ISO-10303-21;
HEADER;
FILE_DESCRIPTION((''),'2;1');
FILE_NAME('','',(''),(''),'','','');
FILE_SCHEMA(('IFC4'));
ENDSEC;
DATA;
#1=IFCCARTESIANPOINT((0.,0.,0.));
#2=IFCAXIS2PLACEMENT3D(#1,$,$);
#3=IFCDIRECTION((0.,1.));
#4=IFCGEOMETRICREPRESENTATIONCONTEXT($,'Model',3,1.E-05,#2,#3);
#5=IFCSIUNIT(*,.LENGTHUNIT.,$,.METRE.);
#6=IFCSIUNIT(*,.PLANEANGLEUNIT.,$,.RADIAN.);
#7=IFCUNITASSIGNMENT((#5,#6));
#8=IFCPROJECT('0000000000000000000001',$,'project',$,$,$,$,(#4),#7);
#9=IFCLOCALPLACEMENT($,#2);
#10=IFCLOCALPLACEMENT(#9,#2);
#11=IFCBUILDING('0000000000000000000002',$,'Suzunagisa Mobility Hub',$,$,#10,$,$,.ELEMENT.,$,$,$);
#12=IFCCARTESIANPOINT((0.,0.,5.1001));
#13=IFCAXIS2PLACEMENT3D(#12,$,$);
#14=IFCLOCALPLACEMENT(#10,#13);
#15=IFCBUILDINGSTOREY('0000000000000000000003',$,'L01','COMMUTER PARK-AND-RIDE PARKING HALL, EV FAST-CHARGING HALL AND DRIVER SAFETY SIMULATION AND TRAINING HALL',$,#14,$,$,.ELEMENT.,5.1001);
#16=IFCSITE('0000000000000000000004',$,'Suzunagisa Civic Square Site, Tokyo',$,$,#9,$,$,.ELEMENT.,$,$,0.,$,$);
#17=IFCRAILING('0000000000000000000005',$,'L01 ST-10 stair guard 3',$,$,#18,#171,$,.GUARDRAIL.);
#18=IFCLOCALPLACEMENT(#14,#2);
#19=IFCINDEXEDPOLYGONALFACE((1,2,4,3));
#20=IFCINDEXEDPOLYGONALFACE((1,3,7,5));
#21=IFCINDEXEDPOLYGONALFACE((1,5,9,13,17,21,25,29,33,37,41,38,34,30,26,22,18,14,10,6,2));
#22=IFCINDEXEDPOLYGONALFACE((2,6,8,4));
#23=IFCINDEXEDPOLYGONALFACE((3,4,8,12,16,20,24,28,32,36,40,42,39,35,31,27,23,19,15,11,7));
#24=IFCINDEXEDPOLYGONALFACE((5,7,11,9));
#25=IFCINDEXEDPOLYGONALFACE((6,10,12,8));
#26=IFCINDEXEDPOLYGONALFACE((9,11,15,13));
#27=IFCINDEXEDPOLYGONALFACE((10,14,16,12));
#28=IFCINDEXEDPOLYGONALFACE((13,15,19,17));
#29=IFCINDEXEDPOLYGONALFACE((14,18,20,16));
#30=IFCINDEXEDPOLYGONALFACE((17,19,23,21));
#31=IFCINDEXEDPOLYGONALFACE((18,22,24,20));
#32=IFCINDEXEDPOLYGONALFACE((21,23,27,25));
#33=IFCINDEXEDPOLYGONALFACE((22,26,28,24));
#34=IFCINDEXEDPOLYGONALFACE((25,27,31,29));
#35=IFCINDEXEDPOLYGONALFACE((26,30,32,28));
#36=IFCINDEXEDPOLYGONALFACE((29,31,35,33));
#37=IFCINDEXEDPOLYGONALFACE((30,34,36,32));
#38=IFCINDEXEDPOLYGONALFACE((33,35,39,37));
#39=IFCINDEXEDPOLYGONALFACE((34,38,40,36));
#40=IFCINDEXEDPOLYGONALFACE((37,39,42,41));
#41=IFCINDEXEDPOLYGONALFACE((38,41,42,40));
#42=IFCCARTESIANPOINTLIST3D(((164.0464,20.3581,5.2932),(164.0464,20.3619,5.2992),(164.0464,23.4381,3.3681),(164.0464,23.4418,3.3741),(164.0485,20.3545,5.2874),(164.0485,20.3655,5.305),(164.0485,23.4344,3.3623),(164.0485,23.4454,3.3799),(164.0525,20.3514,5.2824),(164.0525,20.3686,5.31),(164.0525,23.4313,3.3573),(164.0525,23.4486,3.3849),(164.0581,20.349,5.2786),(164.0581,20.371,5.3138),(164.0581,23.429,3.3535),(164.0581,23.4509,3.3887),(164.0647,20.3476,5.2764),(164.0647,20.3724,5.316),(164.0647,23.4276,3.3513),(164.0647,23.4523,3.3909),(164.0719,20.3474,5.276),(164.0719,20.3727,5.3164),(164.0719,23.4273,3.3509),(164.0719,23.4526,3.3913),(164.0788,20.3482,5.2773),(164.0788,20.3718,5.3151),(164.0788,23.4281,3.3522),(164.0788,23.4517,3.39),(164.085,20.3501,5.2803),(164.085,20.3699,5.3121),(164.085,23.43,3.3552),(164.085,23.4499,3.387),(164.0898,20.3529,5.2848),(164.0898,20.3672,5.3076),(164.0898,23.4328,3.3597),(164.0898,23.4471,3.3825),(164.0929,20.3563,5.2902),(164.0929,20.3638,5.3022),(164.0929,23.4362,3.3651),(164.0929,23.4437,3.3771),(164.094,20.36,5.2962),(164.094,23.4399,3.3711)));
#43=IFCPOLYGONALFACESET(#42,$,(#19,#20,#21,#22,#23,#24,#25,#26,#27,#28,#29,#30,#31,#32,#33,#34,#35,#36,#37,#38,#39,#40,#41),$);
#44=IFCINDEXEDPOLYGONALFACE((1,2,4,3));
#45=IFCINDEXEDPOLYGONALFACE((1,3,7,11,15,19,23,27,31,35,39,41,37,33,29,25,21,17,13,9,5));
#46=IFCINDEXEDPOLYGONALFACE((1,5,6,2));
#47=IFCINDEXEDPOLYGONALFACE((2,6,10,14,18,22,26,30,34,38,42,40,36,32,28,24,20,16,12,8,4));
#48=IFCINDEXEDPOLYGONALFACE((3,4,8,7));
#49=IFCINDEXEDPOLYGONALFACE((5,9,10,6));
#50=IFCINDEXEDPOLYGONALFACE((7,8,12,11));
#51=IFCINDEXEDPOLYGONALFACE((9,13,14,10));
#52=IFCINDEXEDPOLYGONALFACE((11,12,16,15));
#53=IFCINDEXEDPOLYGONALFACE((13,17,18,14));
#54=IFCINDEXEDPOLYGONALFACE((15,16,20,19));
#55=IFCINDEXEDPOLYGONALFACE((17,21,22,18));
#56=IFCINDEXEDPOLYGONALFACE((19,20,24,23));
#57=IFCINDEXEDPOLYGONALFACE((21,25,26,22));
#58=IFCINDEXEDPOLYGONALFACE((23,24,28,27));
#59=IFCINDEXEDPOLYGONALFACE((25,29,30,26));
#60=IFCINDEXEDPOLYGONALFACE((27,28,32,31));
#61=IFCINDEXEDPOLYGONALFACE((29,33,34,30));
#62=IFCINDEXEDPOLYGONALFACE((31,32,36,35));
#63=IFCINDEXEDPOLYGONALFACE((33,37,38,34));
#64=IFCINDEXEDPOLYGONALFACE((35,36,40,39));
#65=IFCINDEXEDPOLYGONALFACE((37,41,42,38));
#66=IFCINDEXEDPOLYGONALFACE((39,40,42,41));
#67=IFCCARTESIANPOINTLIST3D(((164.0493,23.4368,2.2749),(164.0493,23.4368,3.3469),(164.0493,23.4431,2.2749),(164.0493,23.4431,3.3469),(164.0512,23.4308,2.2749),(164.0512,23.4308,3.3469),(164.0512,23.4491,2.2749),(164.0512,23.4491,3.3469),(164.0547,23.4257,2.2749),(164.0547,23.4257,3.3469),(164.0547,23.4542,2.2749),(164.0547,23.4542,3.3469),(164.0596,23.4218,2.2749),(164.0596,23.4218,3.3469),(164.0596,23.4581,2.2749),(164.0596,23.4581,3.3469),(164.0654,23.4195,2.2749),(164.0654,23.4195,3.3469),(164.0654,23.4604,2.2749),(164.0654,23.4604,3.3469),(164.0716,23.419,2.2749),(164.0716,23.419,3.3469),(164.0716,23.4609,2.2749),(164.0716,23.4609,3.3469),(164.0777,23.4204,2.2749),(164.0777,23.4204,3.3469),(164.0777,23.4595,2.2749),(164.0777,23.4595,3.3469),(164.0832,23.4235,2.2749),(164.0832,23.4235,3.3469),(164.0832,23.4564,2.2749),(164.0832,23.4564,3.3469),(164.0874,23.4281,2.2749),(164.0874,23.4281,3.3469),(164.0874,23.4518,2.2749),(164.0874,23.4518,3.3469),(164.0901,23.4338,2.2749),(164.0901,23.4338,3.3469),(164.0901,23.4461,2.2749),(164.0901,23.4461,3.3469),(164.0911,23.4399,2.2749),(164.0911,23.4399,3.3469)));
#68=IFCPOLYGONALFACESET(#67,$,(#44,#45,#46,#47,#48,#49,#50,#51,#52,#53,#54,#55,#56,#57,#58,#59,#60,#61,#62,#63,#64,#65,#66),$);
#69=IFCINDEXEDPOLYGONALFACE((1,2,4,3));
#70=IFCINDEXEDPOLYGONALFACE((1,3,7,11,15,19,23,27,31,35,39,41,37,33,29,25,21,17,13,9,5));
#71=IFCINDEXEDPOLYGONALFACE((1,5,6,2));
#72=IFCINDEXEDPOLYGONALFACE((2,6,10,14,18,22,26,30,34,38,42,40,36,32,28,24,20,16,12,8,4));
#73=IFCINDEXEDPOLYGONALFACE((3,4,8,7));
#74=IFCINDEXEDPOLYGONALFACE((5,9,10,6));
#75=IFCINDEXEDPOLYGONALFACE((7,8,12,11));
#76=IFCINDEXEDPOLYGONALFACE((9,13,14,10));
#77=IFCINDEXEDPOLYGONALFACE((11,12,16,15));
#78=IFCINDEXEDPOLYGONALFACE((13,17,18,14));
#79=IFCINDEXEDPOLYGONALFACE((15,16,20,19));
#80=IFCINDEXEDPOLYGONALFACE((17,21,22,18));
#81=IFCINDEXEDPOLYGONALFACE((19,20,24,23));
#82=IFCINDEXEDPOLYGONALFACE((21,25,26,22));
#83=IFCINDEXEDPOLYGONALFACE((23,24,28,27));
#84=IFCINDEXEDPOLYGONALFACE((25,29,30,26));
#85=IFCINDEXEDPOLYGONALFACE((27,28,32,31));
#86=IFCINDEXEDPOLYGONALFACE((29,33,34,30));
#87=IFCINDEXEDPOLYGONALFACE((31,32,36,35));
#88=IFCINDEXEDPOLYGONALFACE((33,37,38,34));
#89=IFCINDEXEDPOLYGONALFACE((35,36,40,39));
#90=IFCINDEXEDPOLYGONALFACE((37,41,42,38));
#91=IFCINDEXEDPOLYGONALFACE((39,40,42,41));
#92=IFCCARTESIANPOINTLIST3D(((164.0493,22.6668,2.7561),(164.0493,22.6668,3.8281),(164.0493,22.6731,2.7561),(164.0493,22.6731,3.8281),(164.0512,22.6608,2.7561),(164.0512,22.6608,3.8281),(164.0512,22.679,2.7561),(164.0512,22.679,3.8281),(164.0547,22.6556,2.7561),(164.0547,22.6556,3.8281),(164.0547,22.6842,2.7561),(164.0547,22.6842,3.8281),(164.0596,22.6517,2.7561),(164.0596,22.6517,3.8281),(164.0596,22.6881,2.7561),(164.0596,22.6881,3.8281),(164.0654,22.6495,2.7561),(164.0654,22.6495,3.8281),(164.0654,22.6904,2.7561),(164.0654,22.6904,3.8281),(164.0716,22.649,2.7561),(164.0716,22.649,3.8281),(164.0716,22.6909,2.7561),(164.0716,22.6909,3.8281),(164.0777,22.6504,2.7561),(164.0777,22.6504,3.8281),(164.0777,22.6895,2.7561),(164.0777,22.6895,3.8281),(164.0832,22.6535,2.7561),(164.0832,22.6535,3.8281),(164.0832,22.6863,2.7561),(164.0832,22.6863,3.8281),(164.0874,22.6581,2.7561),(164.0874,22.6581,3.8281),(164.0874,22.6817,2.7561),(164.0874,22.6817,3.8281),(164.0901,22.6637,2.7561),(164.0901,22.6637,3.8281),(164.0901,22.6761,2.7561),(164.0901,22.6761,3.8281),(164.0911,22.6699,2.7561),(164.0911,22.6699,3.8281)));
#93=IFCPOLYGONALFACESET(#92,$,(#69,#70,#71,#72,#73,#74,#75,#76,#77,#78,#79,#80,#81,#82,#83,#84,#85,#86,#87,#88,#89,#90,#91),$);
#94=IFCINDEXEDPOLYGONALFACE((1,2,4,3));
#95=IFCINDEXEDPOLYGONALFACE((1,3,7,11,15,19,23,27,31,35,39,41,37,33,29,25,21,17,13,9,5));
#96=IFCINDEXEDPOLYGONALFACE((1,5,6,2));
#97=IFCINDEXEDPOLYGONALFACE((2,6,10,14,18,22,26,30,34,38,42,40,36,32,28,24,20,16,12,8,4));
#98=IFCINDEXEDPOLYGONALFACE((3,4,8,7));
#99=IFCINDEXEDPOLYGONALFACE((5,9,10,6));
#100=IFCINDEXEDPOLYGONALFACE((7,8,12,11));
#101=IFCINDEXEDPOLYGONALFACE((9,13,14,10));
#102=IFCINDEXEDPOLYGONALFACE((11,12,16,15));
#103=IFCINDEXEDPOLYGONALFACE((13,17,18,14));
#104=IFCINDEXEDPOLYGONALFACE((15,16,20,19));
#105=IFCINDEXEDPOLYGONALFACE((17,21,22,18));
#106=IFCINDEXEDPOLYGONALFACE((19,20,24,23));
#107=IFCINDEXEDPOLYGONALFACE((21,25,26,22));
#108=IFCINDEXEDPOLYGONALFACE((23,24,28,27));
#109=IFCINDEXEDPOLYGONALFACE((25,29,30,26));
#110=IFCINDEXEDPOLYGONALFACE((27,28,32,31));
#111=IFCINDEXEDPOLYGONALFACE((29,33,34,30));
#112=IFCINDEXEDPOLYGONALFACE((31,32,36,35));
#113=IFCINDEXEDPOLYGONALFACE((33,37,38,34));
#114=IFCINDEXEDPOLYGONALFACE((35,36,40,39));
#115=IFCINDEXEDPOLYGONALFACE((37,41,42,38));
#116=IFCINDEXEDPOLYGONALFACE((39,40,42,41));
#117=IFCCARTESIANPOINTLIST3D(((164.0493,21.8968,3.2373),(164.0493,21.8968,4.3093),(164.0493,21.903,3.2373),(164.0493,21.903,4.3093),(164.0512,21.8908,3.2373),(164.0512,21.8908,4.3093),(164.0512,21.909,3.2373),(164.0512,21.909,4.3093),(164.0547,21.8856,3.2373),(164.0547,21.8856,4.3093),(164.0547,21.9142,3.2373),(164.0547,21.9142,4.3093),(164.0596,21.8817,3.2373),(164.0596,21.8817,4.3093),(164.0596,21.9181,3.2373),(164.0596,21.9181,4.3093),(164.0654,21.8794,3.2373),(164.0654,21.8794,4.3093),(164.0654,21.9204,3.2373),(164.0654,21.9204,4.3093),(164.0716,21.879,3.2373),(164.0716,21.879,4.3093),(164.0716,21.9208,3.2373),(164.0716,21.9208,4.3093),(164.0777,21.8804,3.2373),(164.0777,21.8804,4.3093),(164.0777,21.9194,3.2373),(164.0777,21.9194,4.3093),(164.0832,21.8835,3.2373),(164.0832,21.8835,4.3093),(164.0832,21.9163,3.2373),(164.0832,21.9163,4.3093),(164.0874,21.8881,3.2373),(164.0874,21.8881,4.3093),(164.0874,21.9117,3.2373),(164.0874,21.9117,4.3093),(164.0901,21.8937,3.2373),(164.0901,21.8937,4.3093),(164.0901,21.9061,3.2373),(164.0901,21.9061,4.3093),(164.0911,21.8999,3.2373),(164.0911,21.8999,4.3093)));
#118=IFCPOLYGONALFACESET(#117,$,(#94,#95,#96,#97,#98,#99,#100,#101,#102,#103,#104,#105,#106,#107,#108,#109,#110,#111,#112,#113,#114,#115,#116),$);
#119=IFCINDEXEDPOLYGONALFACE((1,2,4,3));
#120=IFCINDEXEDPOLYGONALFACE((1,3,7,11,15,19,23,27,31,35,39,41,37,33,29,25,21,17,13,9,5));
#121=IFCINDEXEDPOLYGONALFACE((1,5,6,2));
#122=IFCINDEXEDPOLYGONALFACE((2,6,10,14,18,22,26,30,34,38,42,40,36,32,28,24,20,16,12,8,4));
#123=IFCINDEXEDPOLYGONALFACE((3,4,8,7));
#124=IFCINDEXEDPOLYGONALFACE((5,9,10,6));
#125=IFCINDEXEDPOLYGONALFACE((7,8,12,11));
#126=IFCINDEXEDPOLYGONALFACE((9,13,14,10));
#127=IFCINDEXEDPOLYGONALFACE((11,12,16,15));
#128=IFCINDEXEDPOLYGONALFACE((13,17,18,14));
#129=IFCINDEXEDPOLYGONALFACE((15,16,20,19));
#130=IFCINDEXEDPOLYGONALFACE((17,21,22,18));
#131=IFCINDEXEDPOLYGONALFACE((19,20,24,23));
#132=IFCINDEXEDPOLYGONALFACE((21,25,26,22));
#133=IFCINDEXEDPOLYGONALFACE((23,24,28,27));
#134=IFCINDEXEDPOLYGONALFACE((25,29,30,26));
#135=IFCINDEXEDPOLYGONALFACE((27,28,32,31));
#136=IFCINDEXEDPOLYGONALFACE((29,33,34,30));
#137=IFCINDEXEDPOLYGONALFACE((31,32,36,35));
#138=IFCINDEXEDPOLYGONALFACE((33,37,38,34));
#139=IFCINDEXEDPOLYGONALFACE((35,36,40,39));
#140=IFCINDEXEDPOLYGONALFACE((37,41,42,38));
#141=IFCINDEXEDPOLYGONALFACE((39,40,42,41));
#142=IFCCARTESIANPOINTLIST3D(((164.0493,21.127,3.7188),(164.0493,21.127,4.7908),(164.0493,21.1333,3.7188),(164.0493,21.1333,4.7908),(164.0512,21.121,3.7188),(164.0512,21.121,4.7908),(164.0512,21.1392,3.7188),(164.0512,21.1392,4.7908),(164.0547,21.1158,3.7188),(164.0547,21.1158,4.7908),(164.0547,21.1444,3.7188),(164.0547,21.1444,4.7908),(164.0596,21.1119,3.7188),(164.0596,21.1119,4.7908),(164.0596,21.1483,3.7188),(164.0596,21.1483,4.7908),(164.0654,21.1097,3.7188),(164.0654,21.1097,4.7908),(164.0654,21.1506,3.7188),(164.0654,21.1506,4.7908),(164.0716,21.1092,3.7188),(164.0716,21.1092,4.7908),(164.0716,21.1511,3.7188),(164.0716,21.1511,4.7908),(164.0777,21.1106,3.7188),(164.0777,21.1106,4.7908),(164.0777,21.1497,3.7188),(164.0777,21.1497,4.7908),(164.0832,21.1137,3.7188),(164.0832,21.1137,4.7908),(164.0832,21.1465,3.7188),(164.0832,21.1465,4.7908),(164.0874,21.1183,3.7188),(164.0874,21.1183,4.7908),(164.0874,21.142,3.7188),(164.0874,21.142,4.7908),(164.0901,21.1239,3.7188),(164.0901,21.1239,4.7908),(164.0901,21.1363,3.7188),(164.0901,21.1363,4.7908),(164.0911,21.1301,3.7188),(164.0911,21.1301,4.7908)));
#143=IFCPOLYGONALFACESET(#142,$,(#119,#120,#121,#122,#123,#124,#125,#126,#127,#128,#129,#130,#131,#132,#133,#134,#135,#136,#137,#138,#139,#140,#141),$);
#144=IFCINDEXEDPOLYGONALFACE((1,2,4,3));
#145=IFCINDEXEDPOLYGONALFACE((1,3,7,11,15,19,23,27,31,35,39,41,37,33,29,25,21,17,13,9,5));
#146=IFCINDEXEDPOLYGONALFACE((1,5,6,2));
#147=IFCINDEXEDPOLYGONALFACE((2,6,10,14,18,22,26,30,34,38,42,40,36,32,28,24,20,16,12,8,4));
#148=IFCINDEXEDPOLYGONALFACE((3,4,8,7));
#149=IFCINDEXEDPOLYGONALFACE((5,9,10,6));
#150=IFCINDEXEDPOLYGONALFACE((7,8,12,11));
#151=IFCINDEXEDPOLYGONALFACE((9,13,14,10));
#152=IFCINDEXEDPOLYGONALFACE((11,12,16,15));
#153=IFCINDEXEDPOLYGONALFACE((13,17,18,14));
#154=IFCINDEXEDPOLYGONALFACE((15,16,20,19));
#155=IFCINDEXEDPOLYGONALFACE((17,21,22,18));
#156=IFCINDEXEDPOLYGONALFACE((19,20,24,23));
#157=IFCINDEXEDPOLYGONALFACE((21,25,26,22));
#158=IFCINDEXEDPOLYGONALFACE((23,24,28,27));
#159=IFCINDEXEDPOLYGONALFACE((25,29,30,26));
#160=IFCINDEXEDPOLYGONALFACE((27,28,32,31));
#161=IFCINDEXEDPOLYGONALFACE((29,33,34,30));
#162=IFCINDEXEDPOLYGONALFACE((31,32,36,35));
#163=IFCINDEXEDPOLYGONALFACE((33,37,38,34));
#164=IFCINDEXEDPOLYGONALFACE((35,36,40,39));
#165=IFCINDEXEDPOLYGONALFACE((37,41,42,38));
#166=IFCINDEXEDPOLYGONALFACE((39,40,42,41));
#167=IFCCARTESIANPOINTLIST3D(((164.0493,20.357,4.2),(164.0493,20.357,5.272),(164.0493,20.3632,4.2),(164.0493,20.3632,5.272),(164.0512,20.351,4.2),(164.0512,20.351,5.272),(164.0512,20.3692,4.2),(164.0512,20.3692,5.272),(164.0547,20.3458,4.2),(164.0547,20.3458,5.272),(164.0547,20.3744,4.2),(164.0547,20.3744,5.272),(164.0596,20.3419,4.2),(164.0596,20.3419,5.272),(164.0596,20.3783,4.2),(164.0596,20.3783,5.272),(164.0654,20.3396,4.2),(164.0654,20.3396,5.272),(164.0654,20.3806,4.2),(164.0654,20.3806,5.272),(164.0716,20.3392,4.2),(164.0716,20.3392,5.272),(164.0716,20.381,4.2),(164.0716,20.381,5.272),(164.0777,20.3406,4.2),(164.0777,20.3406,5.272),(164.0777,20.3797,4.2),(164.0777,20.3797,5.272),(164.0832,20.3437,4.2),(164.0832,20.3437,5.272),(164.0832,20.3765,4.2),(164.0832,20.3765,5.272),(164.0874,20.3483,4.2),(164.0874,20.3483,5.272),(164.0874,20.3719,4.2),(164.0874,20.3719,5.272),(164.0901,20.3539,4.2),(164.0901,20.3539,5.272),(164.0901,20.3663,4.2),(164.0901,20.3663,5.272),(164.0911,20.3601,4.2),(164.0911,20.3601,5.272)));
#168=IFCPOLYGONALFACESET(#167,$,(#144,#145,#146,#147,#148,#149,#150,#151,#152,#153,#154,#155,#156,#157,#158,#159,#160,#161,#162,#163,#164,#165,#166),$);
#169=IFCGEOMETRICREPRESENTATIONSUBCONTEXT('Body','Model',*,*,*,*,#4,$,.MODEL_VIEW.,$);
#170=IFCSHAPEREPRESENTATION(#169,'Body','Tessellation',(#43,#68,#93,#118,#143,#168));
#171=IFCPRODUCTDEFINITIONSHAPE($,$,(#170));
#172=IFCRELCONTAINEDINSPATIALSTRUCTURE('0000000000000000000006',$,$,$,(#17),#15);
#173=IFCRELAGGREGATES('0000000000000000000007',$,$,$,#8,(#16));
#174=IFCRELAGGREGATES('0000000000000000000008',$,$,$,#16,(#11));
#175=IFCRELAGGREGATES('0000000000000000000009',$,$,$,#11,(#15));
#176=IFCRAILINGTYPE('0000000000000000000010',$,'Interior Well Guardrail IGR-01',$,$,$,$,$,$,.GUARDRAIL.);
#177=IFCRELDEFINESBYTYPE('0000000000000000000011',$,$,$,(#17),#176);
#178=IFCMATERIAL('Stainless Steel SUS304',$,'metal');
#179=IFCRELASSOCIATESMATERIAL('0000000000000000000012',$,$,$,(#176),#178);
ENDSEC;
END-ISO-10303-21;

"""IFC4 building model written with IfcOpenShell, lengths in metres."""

from ifc_helpers import new_model, si_unit, direction, frame, origin, origin_2d, place, context, subcontext, project, spatial, circle, extrude, material, type_object, element, save


model = new_model("IFC4")

# Units and contexts
model_context = context("Model", 3, precision=1e-05, world=origin(), true_north=direction((0.0, 1.0)))
body_context = subcontext(model_context, "Body", "Model", "MODEL_VIEW")
ifc_project = project(units=[si_unit("LENGTHUNIT", "METRE"), si_unit("PLANEANGLEUNIT", "RADIAN")], contexts=[model_context])

# Site, building, storey
site_placement = place(None, origin())
site = spatial("IfcSite", under=ifc_project, at=site_placement, Name="Suzunagisa Civic Square Site, Tokyo", CompositionType="ELEMENT", RefElevation=0.0)
building_placement = place(site_placement, origin())
building = spatial("IfcBuilding", under=site, at=building_placement, Name="Suzunagisa Mobility Hub", CompositionType="ELEMENT")
storey_placement = place(building_placement, frame((0.0, 0.0, 5.1001)))
storey = spatial("IfcBuildingStorey", under=building, at=storey_placement, Name="L01", Description="COMMUTER PARK-AND-RIDE PARKING HALL, EV FAST-CHARGING HALL AND DRIVER SAFETY SIMULATION AND TRAINING HALL", CompositionType="ELEMENT", Elevation=5.1001)

# Railing
ifc_material_1 = material(Name="Stainless Steel SUS304", Category="metal")
railing_type_1 = type_object("IfcRailingType", Name="Interior Well Guardrail IGR-01", PredefinedType="GUARDRAIL", material=ifc_material_1)
railing_1_placement = place(storey_placement, frame((164.0701, 23.4399, 2.2749)))
element("IfcRailing", 1, at=railing_1_placement, inside=storey, type_object=railing_type_1, Name="L01 ST-10 stair guard 3", PredefinedType="GUARDRAIL", context=body_context, shape_type="SweptSolid", body=[
    extrude(circle(Radius=0.0239, at=origin_2d()), frame((0.0, 0.0, 1.0962), z_axis=(0.0, -0.847979, 0.530029), x_axis=(1.0, 0.0, 0.0)), (0.0, 0.0, 1.0), 3.6321),
    extrude(circle(Radius=0.021, at=origin_2d()), origin(), (0.0, 0.0, 1.0), 1.072),
    extrude(circle(Radius=0.021, at=origin_2d()), frame((0.0, -0.77, 0.4812)), (0.0, 0.0, 1.0), 1.072),
    extrude(circle(Radius=0.021, at=origin_2d()), frame((0.0, -1.54, 0.9624)), (0.0, 0.0, 1.0), 1.072),
    extrude(circle(Radius=0.021, at=origin_2d()), frame((0.0, -2.3098, 1.4438)), (0.0, 0.0, 1.0), 1.072),
    extrude(circle(Radius=0.021, at=origin_2d()), frame((0.0, -3.0798, 1.925)), (0.0, 0.0, 1.0), 1.072),
])

save(model, "model.ifc")
